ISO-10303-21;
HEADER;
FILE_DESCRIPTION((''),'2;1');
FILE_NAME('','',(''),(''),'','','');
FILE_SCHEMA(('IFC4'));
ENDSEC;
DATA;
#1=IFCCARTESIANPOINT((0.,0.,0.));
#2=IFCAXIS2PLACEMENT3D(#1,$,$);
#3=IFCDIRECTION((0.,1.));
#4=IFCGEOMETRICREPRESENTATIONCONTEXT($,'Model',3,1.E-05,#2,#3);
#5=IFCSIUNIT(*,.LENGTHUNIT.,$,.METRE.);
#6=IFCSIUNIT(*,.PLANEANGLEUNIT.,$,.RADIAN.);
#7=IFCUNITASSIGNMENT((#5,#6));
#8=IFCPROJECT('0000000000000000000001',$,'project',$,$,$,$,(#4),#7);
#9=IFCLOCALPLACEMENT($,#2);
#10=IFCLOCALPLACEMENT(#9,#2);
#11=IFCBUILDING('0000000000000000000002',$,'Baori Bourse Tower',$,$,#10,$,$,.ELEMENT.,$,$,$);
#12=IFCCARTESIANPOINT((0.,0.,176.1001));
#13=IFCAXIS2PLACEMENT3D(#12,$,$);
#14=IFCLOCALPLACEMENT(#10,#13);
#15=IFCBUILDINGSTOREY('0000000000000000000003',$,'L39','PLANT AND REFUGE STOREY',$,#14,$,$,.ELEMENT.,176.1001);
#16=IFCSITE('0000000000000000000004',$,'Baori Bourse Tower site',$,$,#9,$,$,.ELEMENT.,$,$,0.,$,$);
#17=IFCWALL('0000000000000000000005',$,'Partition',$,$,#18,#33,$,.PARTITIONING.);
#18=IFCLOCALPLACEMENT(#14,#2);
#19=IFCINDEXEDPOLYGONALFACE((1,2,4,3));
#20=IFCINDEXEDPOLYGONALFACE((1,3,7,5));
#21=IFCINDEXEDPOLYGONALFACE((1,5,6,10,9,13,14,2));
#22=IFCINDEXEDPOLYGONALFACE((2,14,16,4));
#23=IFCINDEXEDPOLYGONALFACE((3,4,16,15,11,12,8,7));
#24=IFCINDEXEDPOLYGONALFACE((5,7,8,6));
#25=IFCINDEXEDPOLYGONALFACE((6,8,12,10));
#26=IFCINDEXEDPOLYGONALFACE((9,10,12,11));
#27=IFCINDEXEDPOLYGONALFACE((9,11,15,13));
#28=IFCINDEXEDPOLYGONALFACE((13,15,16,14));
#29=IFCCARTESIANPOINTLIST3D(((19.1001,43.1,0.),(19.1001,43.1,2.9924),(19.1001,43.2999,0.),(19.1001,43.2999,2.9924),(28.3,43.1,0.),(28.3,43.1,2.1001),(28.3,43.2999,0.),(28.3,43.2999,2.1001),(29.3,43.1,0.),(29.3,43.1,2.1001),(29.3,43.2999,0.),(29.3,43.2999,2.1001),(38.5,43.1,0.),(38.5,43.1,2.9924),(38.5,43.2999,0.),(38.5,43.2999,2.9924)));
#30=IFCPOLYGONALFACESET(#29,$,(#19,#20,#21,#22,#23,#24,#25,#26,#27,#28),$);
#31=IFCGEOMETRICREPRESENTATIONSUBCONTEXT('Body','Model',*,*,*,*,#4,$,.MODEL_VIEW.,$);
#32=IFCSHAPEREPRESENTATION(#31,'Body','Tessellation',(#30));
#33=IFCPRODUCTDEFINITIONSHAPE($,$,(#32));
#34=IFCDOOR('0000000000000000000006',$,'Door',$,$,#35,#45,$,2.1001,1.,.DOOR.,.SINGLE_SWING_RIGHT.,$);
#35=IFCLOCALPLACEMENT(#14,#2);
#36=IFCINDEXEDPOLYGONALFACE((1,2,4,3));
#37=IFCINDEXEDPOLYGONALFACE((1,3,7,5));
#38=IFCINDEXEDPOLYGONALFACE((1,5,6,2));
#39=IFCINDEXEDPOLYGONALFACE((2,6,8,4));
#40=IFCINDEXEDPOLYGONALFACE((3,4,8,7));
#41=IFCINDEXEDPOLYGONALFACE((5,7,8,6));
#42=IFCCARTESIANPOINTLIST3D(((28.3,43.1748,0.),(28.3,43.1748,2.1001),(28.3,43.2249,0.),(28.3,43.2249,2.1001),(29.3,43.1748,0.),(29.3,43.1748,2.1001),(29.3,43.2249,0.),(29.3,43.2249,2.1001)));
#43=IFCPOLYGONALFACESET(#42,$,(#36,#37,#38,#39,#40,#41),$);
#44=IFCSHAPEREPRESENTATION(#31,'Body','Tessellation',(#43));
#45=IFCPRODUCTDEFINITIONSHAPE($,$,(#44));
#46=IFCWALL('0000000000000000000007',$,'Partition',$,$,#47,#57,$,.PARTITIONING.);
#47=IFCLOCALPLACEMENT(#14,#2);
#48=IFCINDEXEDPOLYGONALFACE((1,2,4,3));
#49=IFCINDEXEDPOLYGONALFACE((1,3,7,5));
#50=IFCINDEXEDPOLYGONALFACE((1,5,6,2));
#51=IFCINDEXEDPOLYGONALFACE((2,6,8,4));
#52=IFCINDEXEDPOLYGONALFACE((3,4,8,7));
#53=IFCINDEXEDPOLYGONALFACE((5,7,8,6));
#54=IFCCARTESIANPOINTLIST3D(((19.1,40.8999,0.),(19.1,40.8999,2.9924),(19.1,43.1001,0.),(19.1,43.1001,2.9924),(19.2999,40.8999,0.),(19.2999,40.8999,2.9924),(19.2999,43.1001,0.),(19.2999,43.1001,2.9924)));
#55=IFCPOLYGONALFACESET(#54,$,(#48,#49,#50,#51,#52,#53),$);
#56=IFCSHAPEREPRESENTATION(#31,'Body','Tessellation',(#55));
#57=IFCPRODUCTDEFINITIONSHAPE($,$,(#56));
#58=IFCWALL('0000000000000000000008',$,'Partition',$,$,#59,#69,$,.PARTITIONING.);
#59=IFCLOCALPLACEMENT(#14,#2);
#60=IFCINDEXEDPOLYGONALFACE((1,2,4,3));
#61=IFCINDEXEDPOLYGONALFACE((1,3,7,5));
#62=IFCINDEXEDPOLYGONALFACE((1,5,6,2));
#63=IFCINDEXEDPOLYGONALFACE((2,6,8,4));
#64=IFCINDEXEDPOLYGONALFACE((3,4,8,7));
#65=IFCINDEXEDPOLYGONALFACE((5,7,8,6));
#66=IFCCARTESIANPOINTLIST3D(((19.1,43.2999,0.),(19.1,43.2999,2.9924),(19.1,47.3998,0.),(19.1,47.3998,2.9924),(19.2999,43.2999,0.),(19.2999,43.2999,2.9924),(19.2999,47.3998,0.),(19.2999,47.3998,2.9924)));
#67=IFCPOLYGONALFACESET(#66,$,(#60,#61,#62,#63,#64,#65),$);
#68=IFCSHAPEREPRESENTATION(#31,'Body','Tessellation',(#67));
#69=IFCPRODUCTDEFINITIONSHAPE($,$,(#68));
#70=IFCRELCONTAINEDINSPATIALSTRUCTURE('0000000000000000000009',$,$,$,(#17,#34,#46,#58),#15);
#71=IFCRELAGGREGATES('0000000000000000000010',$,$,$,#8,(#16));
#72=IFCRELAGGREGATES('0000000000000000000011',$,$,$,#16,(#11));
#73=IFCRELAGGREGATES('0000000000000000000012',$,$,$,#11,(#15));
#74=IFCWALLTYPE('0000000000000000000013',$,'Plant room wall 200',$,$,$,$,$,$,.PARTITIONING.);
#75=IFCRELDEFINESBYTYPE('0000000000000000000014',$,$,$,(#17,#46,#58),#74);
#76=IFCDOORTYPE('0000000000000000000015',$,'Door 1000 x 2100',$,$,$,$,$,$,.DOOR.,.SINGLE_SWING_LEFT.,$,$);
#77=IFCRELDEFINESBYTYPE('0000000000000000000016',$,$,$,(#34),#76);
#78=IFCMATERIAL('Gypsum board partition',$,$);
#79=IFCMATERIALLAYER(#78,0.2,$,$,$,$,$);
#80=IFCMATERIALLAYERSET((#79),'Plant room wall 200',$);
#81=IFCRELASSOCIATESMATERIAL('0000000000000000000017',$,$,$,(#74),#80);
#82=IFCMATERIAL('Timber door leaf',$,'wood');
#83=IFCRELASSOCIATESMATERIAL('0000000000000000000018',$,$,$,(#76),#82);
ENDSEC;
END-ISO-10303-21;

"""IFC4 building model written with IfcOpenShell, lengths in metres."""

from ifc_helpers import new_model, si_unit, direction, frame, frame_2d, origin, place, context, subcontext, project, spatial, rectangle, extrude, material, layer, layer_set, type_object, element, fill, save


model = new_model("IFC4")

# Units and contexts
model_context = context("Model", 3, precision=1e-05, world=origin(), true_north=direction((0.0, 1.0)))
body_context = subcontext(model_context, "Body", "Model", "MODEL_VIEW")
ifc_project = project(units=[si_unit("LENGTHUNIT", "METRE"), si_unit("PLANEANGLEUNIT", "RADIAN")], contexts=[model_context])

# Site, building, storey
site_placement = place(None, origin())
site = spatial("IfcSite", under=ifc_project, at=site_placement, Name="Baori Bourse Tower site", CompositionType="ELEMENT", RefElevation=0.0)
building_placement = place(site_placement, origin())
building = spatial("IfcBuilding", under=site, at=building_placement, Name="Baori Bourse Tower", CompositionType="ELEMENT")
storey_placement = place(building_placement, frame((0.0, 0.0, 176.1001)))
storey = spatial("IfcBuildingStorey", under=building, at=storey_placement, Name="L39", Description="PLANT AND REFUGE STOREY", CompositionType="ELEMENT", Elevation=176.1001)

# Wall, opening, door
ifc_material_1 = material(Name="Gypsum board partition")
ifc_layer_1 = layer(ifc_material_1, 0.2)
ifc_layer_set_1 = layer_set([ifc_layer_1], Name="Plant room wall 200")
wall_type_1 = type_object("IfcWallType", Name="Plant room wall 200", PredefinedType="PARTITIONING", material=ifc_layer_set_1)
wall_1_placement = place(storey_placement, frame((19.1001, 43.2, 0.0), z_axis=(0.0, 0.0, 1.0), x_axis=(1.0, 0.0, 0.0)))
wall_1 = element("IfcWall", 1, at=wall_1_placement, inside=storey, type_object=wall_type_1, Name="Partition", PredefinedType="PARTITIONING", context=body_context, shape_type="SweptSolid", body=[
    extrude(rectangle(XDim=19.3999, YDim=0.2, at=frame_2d((9.7, 0.0))), origin(), (0.0, 0.0, 1.0), 2.9924),
])
opening_1_placement = place(wall_1_placement, frame((9.2, 0.0, 0.0)))
opening_1 = element("IfcOpeningElement", 2, at=opening_1_placement, cuts=wall_1, PredefinedType="OPENING", context=body_context, shape_type="SweptSolid", body=[
    extrude(rectangle(XDim=1.0, YDim=2.1001, at=frame_2d((0.5, 1.05))), frame((0.0, 0.1099, 0.0), z_axis=(0.0, -1.0, 0.0), x_axis=(1.0, 0.0, 0.0)), (0.0, 0.0, 1.0), 0.22),
])
ifc_material_2 = material(Name="Timber door leaf", Category="wood")
door_type_1 = type_object("IfcDoorType", Name="Door 1000 x 2100", OperationType="SINGLE_SWING_LEFT", PredefinedType="DOOR", material=ifc_material_2)
door_1_placement = place(opening_1_placement, origin())
door_1 = element("IfcDoor", 3, at=door_1_placement, inside=storey, type_object=door_type_1, Name="Door", OperationType="SINGLE_SWING_RIGHT", OverallHeight=2.1001, OverallWidth=1.0, PredefinedType="DOOR", context=body_context, shape_type="SweptSolid", body=[
    extrude(rectangle(XDim=1.0, YDim=2.1001, at=frame_2d((0.5, 1.05))), frame((0.0, 0.0249, 0.0), z_axis=(0.0, -1.0, 0.0), x_axis=(1.0, 0.0, 0.0)), (0.0, 0.0, 1.0), 0.05),
])
fill(opening_1, door_1)

# Walls
wall_2_placement = place(storey_placement, frame((19.2, 40.8999, 0.0), z_axis=(0.0, 0.0, 1.0), x_axis=(0.0, 1.0, 0.0)))
element("IfcWall", 4, at=wall_2_placement, inside=storey, type_object=wall_type_1, Name="Partition", PredefinedType="PARTITIONING", context=body_context, shape_type="SweptSolid", body=[
    extrude(rectangle(XDim=2.2002, YDim=0.2, at=frame_2d((1.1001, 0.0))), origin(), (0.0, 0.0, 1.0), 2.9924),
])
wall_3_placement = place(storey_placement, frame((19.2, 43.3, 0.0), z_axis=(0.0, 0.0, 1.0), x_axis=(0.0, 1.0, 0.0)))
element("IfcWall", 5, at=wall_3_placement, inside=storey, type_object=wall_type_1, Name="Partition", PredefinedType="PARTITIONING", context=body_context, shape_type="SweptSolid", body=[
    extrude(rectangle(XDim=4.0999, YDim=0.2, at=frame_2d((2.0498, 0.0))), origin(), (0.0, 0.0, 1.0), 2.9924),
])

save(model, "model.ifc")
